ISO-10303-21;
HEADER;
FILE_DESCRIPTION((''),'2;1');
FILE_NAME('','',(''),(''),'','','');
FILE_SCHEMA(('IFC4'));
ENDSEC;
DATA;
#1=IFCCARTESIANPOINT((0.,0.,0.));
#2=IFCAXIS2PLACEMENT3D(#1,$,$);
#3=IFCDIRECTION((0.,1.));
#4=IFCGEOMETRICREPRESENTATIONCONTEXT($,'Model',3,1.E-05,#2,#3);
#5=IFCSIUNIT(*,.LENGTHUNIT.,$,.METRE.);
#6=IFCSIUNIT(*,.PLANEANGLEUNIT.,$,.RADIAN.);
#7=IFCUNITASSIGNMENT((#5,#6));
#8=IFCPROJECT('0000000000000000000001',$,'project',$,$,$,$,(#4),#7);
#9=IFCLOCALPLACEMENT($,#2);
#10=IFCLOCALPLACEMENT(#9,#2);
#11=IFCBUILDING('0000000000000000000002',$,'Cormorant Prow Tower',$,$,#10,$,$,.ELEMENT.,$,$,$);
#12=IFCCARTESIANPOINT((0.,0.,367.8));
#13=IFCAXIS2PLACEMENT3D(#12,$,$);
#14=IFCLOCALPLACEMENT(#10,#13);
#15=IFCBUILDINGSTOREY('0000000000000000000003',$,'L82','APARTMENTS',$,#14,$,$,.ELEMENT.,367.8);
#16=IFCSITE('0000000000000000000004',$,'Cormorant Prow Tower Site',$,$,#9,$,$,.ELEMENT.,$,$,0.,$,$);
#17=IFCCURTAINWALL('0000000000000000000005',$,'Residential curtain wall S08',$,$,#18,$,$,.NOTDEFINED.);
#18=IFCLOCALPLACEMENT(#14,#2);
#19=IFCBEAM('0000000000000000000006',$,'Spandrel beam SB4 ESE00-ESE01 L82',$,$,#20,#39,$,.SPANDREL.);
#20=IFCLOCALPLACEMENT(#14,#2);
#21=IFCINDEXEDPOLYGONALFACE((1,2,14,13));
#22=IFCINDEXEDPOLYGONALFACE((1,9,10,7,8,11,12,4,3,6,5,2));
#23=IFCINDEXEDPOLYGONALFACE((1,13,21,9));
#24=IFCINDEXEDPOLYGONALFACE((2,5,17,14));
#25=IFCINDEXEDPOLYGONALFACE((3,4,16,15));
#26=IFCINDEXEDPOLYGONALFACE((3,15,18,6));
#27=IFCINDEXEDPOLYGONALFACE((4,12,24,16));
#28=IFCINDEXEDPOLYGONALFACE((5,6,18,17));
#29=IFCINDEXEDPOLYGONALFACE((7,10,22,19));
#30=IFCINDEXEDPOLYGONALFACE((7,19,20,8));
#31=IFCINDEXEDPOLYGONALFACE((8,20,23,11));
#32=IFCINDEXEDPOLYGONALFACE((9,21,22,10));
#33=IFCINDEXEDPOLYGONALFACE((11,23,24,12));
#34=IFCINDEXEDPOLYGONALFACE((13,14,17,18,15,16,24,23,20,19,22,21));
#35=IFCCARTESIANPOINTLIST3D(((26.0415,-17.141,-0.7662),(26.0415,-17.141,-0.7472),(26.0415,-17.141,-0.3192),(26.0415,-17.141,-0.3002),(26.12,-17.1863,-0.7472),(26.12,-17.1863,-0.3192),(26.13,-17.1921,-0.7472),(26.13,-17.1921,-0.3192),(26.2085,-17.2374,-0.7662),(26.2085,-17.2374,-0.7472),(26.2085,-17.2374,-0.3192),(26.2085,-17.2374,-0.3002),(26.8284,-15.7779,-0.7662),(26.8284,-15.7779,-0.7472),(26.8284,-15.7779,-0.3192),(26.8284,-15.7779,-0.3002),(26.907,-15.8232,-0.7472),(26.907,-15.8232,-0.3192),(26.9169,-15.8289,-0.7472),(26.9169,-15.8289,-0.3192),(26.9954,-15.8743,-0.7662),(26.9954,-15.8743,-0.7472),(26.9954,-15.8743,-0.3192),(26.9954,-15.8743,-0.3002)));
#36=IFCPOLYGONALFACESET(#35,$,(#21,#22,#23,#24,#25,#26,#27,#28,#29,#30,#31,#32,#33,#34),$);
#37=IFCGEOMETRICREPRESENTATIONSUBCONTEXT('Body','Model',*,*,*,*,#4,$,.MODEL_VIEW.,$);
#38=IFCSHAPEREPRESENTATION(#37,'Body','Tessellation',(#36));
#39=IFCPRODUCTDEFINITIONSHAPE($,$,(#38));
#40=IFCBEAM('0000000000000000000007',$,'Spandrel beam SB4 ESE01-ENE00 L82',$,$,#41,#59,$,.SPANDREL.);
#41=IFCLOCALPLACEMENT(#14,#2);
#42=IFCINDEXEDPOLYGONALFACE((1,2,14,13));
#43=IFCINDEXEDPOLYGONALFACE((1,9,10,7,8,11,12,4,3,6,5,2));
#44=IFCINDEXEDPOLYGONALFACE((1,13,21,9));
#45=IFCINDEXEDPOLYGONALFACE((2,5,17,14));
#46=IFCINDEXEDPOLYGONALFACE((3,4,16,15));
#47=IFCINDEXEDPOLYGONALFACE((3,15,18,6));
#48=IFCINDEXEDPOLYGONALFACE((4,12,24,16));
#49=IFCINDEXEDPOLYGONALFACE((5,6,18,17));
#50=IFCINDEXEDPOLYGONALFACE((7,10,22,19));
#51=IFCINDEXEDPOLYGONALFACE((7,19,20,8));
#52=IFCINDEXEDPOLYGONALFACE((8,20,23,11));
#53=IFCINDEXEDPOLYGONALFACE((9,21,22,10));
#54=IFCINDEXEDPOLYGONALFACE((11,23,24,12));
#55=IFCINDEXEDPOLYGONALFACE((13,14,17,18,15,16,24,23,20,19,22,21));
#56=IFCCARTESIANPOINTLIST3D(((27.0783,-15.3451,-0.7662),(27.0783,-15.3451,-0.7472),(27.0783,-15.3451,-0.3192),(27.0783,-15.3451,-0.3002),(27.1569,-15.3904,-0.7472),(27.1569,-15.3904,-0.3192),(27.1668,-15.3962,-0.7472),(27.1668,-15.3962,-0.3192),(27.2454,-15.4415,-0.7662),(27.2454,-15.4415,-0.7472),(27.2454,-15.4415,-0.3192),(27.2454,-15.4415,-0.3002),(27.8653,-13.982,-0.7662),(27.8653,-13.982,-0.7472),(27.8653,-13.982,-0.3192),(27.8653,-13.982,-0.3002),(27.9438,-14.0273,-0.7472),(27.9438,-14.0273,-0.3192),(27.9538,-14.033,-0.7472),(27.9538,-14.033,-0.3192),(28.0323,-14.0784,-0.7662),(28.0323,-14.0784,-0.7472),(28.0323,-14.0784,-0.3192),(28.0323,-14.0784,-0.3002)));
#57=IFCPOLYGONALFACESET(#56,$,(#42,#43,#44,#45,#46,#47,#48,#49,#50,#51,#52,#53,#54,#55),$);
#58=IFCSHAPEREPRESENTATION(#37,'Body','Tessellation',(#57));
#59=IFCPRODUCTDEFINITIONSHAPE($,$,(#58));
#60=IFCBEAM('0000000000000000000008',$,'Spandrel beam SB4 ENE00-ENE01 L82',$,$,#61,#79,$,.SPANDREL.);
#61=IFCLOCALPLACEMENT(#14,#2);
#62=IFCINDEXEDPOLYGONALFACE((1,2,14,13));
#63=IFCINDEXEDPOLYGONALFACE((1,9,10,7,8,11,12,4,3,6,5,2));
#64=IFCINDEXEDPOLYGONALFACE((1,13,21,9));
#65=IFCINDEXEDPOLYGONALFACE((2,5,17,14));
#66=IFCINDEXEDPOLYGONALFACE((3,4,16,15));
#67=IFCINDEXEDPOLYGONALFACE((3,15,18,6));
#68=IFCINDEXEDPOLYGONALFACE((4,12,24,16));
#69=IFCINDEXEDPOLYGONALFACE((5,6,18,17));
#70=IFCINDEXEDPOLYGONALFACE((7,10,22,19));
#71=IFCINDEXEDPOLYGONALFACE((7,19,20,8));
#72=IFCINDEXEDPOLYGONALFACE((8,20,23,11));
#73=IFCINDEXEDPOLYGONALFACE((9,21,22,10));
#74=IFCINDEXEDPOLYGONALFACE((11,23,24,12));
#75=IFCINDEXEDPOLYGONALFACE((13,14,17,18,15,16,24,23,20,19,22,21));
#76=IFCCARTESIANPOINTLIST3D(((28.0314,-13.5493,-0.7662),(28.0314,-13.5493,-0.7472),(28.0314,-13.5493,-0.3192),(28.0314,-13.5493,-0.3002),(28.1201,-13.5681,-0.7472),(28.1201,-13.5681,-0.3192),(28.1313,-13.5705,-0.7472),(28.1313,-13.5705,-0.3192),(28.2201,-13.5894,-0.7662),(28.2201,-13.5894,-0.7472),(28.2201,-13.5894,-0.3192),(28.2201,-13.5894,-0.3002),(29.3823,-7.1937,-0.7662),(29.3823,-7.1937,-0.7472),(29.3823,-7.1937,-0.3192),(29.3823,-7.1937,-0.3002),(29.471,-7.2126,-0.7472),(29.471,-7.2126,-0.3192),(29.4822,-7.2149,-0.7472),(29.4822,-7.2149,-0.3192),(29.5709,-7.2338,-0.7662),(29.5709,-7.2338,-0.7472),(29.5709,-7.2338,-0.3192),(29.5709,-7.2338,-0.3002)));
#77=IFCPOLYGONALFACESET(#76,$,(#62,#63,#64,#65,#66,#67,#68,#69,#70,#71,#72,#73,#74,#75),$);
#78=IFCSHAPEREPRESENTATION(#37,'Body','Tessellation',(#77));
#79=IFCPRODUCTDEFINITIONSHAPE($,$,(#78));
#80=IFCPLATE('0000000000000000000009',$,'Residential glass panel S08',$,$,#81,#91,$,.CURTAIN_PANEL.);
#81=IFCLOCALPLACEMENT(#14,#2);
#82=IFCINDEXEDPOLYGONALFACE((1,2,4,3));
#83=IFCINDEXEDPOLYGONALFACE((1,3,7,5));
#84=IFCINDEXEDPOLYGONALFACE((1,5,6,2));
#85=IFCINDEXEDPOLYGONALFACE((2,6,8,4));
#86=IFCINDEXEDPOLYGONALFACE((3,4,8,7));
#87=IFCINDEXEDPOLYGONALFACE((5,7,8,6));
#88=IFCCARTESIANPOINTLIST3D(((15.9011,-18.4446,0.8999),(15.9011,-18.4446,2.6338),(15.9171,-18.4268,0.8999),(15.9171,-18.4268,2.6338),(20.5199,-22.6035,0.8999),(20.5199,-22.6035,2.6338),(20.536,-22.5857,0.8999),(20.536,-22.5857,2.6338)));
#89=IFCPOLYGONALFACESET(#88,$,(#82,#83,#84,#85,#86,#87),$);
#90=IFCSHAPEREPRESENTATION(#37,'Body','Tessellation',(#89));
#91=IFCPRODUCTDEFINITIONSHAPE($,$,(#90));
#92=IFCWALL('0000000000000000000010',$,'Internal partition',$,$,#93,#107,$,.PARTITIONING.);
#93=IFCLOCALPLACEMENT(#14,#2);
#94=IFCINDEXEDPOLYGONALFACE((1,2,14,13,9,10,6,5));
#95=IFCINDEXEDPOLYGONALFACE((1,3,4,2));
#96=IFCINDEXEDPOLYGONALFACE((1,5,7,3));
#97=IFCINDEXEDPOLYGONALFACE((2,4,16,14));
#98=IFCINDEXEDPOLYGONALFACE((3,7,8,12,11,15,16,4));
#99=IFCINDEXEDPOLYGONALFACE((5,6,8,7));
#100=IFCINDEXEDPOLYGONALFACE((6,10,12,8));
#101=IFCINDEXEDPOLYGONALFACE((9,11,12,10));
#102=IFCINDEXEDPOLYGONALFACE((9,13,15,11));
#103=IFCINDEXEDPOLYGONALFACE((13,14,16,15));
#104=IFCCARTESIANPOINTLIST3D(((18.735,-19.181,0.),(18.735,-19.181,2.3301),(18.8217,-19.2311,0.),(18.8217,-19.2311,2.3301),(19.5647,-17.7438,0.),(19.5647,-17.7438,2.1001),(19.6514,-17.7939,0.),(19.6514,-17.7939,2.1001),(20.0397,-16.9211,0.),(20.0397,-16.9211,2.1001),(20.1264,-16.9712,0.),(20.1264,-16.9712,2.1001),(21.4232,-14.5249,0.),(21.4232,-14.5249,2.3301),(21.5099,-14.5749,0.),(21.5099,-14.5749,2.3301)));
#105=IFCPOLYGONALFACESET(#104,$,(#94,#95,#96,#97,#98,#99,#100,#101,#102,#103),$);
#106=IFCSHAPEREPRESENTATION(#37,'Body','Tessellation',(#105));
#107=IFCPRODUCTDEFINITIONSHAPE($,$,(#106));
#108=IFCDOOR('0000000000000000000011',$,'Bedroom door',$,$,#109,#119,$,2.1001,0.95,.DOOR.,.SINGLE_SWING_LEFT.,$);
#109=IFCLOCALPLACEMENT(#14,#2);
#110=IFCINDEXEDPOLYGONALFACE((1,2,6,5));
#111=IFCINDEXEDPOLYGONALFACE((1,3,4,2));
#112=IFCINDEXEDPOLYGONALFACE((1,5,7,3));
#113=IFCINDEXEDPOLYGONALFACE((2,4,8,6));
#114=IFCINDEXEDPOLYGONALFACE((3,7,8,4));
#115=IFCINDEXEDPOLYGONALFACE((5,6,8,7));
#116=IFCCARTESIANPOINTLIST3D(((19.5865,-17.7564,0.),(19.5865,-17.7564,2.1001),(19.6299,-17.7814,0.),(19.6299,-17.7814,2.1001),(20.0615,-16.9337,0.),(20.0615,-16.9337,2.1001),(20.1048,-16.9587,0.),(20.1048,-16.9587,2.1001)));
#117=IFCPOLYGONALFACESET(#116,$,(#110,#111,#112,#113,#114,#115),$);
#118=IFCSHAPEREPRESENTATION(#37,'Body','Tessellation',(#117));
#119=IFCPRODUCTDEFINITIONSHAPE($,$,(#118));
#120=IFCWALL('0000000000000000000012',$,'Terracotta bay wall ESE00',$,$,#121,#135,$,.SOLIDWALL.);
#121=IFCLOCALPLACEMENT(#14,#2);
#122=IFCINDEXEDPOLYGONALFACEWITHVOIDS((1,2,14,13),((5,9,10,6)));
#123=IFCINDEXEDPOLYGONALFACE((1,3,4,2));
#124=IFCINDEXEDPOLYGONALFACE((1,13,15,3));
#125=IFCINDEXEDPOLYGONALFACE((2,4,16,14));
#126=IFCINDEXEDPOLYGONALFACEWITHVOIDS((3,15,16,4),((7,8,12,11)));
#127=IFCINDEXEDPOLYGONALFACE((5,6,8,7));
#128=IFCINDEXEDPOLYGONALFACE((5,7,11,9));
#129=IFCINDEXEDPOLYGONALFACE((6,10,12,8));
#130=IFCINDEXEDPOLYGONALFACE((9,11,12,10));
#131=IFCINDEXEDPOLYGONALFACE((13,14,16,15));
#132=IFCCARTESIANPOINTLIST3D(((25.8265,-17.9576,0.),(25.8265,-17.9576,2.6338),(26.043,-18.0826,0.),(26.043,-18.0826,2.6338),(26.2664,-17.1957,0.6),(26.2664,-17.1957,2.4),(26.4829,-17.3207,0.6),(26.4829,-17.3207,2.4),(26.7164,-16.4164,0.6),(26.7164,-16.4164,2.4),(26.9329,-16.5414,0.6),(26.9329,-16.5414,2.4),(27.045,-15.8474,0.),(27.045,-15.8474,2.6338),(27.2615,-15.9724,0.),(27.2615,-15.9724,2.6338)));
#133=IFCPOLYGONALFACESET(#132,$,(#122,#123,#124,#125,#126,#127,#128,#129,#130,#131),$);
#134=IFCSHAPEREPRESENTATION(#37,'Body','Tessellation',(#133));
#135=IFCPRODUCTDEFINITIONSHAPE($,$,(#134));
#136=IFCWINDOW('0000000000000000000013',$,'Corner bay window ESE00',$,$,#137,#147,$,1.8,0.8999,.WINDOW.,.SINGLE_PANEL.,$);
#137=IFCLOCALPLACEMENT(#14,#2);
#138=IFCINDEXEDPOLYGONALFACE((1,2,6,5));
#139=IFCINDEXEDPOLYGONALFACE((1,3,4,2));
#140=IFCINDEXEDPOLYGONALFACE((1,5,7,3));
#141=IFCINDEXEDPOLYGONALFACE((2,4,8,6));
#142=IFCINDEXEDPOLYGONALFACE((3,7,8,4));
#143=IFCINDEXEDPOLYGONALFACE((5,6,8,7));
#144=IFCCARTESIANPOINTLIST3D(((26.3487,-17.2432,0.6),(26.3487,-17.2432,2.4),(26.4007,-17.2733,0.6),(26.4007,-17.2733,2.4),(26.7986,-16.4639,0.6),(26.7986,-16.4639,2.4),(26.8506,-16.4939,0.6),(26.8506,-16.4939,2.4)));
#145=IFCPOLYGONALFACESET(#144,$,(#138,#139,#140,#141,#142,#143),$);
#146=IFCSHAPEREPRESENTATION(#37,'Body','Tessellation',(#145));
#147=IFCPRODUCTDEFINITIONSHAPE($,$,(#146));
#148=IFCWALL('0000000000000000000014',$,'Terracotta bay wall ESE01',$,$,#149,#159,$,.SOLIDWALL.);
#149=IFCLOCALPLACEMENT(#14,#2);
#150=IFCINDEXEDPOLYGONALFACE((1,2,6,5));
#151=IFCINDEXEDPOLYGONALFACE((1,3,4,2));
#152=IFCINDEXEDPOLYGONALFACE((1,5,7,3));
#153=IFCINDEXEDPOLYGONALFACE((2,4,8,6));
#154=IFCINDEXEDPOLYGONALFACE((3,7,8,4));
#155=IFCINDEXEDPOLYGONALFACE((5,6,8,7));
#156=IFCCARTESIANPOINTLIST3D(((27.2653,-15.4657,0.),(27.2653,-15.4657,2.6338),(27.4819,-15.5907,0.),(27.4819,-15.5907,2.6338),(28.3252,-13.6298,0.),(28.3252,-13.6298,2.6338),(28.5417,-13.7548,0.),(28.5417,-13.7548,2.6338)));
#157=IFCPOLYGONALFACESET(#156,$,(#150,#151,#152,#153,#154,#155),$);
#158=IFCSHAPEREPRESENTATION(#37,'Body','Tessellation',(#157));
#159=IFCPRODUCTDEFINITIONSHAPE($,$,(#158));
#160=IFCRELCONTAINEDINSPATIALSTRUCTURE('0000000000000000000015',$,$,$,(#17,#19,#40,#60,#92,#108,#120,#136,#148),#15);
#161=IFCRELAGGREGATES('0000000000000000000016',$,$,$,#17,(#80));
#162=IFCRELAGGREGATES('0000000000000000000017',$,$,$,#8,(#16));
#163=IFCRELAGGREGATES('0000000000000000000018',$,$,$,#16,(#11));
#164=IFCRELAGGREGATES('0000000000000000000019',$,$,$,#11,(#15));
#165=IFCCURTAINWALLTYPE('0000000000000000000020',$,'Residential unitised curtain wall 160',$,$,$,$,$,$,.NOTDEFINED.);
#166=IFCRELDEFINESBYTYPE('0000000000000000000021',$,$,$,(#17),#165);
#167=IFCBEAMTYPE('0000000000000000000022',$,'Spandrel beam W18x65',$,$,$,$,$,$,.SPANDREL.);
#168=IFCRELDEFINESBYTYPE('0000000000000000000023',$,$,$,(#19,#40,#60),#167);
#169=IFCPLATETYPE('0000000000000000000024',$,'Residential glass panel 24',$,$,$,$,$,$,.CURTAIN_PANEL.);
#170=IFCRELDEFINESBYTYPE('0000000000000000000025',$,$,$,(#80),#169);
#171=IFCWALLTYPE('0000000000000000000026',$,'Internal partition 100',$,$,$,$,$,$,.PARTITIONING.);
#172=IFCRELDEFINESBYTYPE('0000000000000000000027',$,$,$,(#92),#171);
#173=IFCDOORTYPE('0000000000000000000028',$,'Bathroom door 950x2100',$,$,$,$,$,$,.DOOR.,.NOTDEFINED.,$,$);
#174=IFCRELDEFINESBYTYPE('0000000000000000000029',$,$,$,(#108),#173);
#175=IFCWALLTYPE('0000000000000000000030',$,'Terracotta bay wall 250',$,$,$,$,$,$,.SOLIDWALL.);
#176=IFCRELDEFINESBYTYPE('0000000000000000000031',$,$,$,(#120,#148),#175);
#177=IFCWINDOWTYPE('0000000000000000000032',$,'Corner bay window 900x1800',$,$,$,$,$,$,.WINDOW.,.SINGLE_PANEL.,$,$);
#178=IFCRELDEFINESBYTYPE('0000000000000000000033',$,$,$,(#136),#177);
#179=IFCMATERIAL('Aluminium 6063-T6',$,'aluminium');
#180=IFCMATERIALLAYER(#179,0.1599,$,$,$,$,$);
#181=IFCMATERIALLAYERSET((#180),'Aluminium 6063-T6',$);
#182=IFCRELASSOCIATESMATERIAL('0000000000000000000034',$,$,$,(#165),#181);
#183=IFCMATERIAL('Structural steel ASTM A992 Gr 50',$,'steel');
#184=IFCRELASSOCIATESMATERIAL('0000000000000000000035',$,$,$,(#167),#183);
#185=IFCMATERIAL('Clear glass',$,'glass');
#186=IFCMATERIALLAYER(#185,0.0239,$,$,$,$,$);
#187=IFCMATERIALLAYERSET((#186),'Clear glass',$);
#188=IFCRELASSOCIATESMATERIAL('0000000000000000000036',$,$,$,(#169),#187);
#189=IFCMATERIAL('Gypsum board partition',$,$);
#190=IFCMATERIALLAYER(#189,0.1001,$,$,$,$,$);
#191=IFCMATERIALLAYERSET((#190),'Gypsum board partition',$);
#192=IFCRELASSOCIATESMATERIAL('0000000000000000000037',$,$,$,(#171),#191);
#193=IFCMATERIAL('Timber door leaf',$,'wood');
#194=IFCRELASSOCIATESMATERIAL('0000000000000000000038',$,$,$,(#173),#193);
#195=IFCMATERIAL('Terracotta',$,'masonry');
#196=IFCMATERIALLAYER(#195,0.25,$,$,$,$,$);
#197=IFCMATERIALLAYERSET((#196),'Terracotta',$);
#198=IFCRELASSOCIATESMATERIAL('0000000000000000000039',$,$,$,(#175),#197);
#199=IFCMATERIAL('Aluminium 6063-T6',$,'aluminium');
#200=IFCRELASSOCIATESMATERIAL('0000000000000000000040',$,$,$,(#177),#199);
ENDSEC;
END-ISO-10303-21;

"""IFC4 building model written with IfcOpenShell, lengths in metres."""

from ifc_helpers import new_model, si_unit, direction, frame, frame_2d, origin, origin_2d, place, context, subcontext, project, spatial, rectangle, i_section, extrude, material, layer, layer_set, material_profile, profile_set, type_object, element, fill, aggregate, save


model = new_model("IFC4")

# Units and contexts
model_context = context("Model", 3, precision=1e-05, world=origin(), true_north=direction((0.0, 1.0)))
body_context = subcontext(model_context, "Body", "Model", "MODEL_VIEW")
ifc_project = project(units=[si_unit("LENGTHUNIT", "METRE"), si_unit("PLANEANGLEUNIT", "RADIAN")], contexts=[model_context])

# Site, building, storey
site_placement = place(None, origin())
site = spatial("IfcSite", under=ifc_project, at=site_placement, Name="Cormorant Prow Tower Site", CompositionType="ELEMENT", RefElevation=0.0)
building_placement = place(site_placement, origin())
building = spatial("IfcBuilding", under=site, at=building_placement, Name="Cormorant Prow Tower", CompositionType="ELEMENT")
storey_placement = place(building_placement, frame((0.0, 0.0, 367.8)))
storey = spatial("IfcBuildingStorey", under=building, at=storey_placement, Name="L82", Description="APARTMENTS", CompositionType="ELEMENT", Elevation=367.8)

# Curtain wall
ifc_material_1 = material(Name="Aluminium 6063-T6", Category="aluminium")
ifc_layer_1 = layer(ifc_material_1, 0.1599)
ifc_layer_set_1 = layer_set([ifc_layer_1], Name="Aluminium 6063-T6")
curtain_wall_type = type_object("IfcCurtainWallType", Name="Residential unitised curtain wall 160", PredefinedType="NOTDEFINED", material=ifc_layer_set_1)
curtain_wall_placement = place(storey_placement, origin())
curtain_wall = element("IfcCurtainWall", 1, at=curtain_wall_placement, inside=storey, type_object=curtain_wall_type, Name="Residential curtain wall S08", PredefinedType="NOTDEFINED")

# Beams
ifc_material_2 = material(Name="Structural steel ASTM A992 Gr 50", Category="steel")
ifc_material_profile_1 = material_profile(ifc_material_2, i_section(OverallWidth=0.1929, OverallDepth=0.4661, WebThickness=0.0115, FlangeThickness=0.019, at=origin_2d()), Name="W18x65")
ifc_profile_set_1 = profile_set([ifc_material_profile_1], Name="Structural steel ASTM A992 Gr 50")
beam_type = type_object("IfcBeamType", Name="Spandrel beam W18x65", PredefinedType="SPANDREL", material=ifc_profile_set_1)
for number, where, z_axis, x_axis, name in (
    (2, (26.125, -17.1892, -0.5332), (0.49996, 0.866049, 0.0), (-0.866049, 0.49996, 0.0), "Spandrel beam SB4 ESE00-ESE01 L82"),
    (3, (27.1619, -15.3933, -0.5332), (0.49996, 0.866049, 0.0), (-0.866049, 0.49996, 0.0), "Spandrel beam SB4 ESE01-ENE00 L82"),
):
    element("IfcBeam", number, at=place(storey_placement, frame(where, z_axis=z_axis, x_axis=x_axis)), inside=storey, type_object=beam_type, Name=name, PredefinedType="SPANDREL", context=body_context, shape_type="SweptSolid", body=[
        extrude(i_section(OverallWidth=0.1929, OverallDepth=0.4661, WebThickness=0.0115, FlangeThickness=0.019, at=origin_2d()), origin(), (0.0, 0.0, 1.0), 1.574),
    ])
beam_placement = place(storey_placement, frame((28.1257, -13.5693, -0.5332), z_axis=(0.207902, 0.97815, 0.0), x_axis=(-0.97815, 0.207902, 0.0)))
element("IfcBeam", 4, at=beam_placement, inside=storey, type_object=beam_type, Name="Spandrel beam SB4 ENE00-ENE01 L82", PredefinedType="SPANDREL", context=body_context, shape_type="SweptSolid", body=[
    extrude(i_section(OverallWidth=0.1929, OverallDepth=0.4661, WebThickness=0.0115, FlangeThickness=0.019, at=origin_2d()), origin(), (0.0, 0.0, 1.0), 6.4976),
])

# Plate
ifc_material_3 = material(Name="Clear glass", Category="glass")
ifc_layer_2 = layer(ifc_material_3, 0.0239)
ifc_layer_set_2 = layer_set([ifc_layer_2], Name="Clear glass")
plate_type = type_object("IfcPlateType", Name="Residential glass panel 24", PredefinedType="CURTAIN_PANEL", material=ifc_layer_set_2)
plate_placement = place(storey_placement, frame((18.2185, -20.5151, 0.8999), z_axis=(0.0, 0.0, 1.0), x_axis=(0.743145, -0.669131, 0.0)))
plate = element("IfcPlate", 5, at=plate_placement, type_object=plate_type, Name="Residential glass panel S08", PredefinedType="CURTAIN_PANEL", context=body_context, shape_type="SweptSolid", body=[
    extrude(rectangle(XDim=6.2153, YDim=0.0239, at=origin_2d()), origin(), (0.0, 0.0, 1.0), 1.7339),
])
aggregate(curtain_wall, [plate])

# Wall, opening, door
ifc_material_4 = material(Name="Gypsum board partition")
ifc_layer_3 = layer(ifc_material_4, 0.1001)
ifc_layer_set_3 = layer_set([ifc_layer_3], Name="Gypsum board partition")
wall_type_1 = type_object("IfcWallType", Name="Internal partition 100", PredefinedType="PARTITIONING", material=ifc_layer_set_3)
wall_1_placement = place(storey_placement, frame((18.7783, -19.2061, 0.0), z_axis=(0.0, 0.0, 1.0), x_axis=(0.499992, 0.86603, 0.0)))
wall_1 = element("IfcWall", 6, at=wall_1_placement, inside=storey, type_object=wall_type_1, Name="Internal partition", PredefinedType="PARTITIONING", context=body_context, shape_type="SweptSolid", body=[
    extrude(rectangle(XDim=5.3765, YDim=0.1001, at=frame_2d((2.6882, 0.0))), origin(), (0.0, 0.0, 1.0), 2.3301),
])
opening_1_placement = place(wall_1_placement, frame((1.6594, 0.0, 0.0)))
opening_1 = element("IfcOpeningElement", 7, at=opening_1_placement, cuts=wall_1, PredefinedType="OPENING", context=body_context, shape_type="SweptSolid", body=[
    extrude(rectangle(XDim=0.95, YDim=2.1001, at=frame_2d((0.4751, 1.05))), frame((0.0, 0.0601, 0.0), z_axis=(0.0, -1.0, 0.0), x_axis=(1.0, 0.0, 0.0)), (0.0, 0.0, 1.0), 0.1201),
])
ifc_material_5 = material(Name="Timber door leaf", Category="wood")
door_type_1 = type_object("IfcDoorType", Name="Bathroom door 950x2100", OperationType="NOTDEFINED", PredefinedType="DOOR", material=ifc_material_5)
door_1_placement = place(opening_1_placement, origin())
door_1 = element("IfcDoor", 8, at=door_1_placement, inside=storey, type_object=door_type_1, Name="Bedroom door", OperationType="SINGLE_SWING_LEFT", OverallHeight=2.1001, OverallWidth=0.95, PredefinedType="DOOR", context=body_context, shape_type="SweptSolid", body=[
    extrude(rectangle(XDim=0.95, YDim=2.1001, at=frame_2d((0.4751, 1.05))), frame((0.0, 0.0249, 0.0), z_axis=(0.0, -1.0, 0.0), x_axis=(1.0, 0.0, 0.0)), (0.0, 0.0, 1.0), 0.05),
])
fill(opening_1, door_1)

# Wall, opening, window
ifc_material_6 = material(Name="Terracotta", Category="masonry")
ifc_layer_4 = layer(ifc_material_6, 0.25)
ifc_layer_set_4 = layer_set([ifc_layer_4], Name="Terracotta")
wall_type_2 = type_object("IfcWallType", Name="Terracotta bay wall 250", PredefinedType="SOLIDWALL", material=ifc_layer_set_4)
wall_2_placement = place(storey_placement, frame((25.9348, -18.02, 0.0), z_axis=(0.0, 0.0, 1.0), x_axis=(0.500029, 0.866009, 0.0)))
wall_2 = element("IfcWall", 9, at=wall_2_placement, inside=storey, type_object=wall_type_2, Name="Terracotta bay wall ESE00", PredefinedType="SOLIDWALL", context=body_context, shape_type="SweptSolid", body=[
    extrude(rectangle(XDim=2.4368, YDim=0.25, at=frame_2d((1.2183, 0.0))), origin(), (0.0, 0.0, 1.0), 2.6338),
])
opening_2_placement = place(wall_2_placement, frame((0.8796, 0.0, 0.6001)))
opening_2 = element("IfcOpeningElement", 10, at=opening_2_placement, cuts=wall_2, PredefinedType="OPENING", context=body_context, shape_type="SweptSolid", body=[
    extrude(rectangle(XDim=0.8999, YDim=1.8, at=frame_2d((0.45, 0.8999))), frame((0.0, 0.135, 0.0), z_axis=(0.0, -1.0, 0.0), x_axis=(1.0, 0.0, 0.0)), (0.0, 0.0, 1.0), 0.27),
])
ifc_material_7 = material(Name="Aluminium 6063-T6", Category="aluminium")
window_type = type_object("IfcWindowType", Name="Corner bay window 900x1800", PartitioningType="SINGLE_PANEL", PredefinedType="WINDOW", material=ifc_material_7)
window_placement = place(opening_2_placement, origin())
window = element("IfcWindow", 11, at=window_placement, inside=storey, type_object=window_type, Name="Corner bay window ESE00", OverallHeight=1.8, OverallWidth=0.8999, PartitioningType="SINGLE_PANEL", PredefinedType="WINDOW", context=body_context, shape_type="SweptSolid", body=[
    extrude(rectangle(XDim=0.8999, YDim=1.8, at=frame_2d((0.45, 0.8999))), frame((0.0, 0.03, 0.0), z_axis=(0.0, -1.0, 0.0), x_axis=(1.0, 0.0, 0.0)), (0.0, 0.0, 1.0), 0.0601),
])
fill(opening_2, window)

# Wall
wall_3_placement = place(storey_placement, frame((27.3735, -15.5283, 0.0), z_axis=(0.0, 0.0, 1.0), x_axis=(0.499942, 0.866059, 0.0)))
element("IfcWall", 12, at=wall_3_placement, inside=storey, type_object=wall_type_2, Name="Terracotta bay wall ESE01", PredefinedType="SOLIDWALL", context=body_context, shape_type="SweptSolid", body=[
    extrude(rectangle(XDim=2.1199, YDim=0.25, at=frame_2d((1.0601, 0.0))), origin(), (0.0, 0.0, 1.0), 2.6338),
])

save(model, "model.ifc")
